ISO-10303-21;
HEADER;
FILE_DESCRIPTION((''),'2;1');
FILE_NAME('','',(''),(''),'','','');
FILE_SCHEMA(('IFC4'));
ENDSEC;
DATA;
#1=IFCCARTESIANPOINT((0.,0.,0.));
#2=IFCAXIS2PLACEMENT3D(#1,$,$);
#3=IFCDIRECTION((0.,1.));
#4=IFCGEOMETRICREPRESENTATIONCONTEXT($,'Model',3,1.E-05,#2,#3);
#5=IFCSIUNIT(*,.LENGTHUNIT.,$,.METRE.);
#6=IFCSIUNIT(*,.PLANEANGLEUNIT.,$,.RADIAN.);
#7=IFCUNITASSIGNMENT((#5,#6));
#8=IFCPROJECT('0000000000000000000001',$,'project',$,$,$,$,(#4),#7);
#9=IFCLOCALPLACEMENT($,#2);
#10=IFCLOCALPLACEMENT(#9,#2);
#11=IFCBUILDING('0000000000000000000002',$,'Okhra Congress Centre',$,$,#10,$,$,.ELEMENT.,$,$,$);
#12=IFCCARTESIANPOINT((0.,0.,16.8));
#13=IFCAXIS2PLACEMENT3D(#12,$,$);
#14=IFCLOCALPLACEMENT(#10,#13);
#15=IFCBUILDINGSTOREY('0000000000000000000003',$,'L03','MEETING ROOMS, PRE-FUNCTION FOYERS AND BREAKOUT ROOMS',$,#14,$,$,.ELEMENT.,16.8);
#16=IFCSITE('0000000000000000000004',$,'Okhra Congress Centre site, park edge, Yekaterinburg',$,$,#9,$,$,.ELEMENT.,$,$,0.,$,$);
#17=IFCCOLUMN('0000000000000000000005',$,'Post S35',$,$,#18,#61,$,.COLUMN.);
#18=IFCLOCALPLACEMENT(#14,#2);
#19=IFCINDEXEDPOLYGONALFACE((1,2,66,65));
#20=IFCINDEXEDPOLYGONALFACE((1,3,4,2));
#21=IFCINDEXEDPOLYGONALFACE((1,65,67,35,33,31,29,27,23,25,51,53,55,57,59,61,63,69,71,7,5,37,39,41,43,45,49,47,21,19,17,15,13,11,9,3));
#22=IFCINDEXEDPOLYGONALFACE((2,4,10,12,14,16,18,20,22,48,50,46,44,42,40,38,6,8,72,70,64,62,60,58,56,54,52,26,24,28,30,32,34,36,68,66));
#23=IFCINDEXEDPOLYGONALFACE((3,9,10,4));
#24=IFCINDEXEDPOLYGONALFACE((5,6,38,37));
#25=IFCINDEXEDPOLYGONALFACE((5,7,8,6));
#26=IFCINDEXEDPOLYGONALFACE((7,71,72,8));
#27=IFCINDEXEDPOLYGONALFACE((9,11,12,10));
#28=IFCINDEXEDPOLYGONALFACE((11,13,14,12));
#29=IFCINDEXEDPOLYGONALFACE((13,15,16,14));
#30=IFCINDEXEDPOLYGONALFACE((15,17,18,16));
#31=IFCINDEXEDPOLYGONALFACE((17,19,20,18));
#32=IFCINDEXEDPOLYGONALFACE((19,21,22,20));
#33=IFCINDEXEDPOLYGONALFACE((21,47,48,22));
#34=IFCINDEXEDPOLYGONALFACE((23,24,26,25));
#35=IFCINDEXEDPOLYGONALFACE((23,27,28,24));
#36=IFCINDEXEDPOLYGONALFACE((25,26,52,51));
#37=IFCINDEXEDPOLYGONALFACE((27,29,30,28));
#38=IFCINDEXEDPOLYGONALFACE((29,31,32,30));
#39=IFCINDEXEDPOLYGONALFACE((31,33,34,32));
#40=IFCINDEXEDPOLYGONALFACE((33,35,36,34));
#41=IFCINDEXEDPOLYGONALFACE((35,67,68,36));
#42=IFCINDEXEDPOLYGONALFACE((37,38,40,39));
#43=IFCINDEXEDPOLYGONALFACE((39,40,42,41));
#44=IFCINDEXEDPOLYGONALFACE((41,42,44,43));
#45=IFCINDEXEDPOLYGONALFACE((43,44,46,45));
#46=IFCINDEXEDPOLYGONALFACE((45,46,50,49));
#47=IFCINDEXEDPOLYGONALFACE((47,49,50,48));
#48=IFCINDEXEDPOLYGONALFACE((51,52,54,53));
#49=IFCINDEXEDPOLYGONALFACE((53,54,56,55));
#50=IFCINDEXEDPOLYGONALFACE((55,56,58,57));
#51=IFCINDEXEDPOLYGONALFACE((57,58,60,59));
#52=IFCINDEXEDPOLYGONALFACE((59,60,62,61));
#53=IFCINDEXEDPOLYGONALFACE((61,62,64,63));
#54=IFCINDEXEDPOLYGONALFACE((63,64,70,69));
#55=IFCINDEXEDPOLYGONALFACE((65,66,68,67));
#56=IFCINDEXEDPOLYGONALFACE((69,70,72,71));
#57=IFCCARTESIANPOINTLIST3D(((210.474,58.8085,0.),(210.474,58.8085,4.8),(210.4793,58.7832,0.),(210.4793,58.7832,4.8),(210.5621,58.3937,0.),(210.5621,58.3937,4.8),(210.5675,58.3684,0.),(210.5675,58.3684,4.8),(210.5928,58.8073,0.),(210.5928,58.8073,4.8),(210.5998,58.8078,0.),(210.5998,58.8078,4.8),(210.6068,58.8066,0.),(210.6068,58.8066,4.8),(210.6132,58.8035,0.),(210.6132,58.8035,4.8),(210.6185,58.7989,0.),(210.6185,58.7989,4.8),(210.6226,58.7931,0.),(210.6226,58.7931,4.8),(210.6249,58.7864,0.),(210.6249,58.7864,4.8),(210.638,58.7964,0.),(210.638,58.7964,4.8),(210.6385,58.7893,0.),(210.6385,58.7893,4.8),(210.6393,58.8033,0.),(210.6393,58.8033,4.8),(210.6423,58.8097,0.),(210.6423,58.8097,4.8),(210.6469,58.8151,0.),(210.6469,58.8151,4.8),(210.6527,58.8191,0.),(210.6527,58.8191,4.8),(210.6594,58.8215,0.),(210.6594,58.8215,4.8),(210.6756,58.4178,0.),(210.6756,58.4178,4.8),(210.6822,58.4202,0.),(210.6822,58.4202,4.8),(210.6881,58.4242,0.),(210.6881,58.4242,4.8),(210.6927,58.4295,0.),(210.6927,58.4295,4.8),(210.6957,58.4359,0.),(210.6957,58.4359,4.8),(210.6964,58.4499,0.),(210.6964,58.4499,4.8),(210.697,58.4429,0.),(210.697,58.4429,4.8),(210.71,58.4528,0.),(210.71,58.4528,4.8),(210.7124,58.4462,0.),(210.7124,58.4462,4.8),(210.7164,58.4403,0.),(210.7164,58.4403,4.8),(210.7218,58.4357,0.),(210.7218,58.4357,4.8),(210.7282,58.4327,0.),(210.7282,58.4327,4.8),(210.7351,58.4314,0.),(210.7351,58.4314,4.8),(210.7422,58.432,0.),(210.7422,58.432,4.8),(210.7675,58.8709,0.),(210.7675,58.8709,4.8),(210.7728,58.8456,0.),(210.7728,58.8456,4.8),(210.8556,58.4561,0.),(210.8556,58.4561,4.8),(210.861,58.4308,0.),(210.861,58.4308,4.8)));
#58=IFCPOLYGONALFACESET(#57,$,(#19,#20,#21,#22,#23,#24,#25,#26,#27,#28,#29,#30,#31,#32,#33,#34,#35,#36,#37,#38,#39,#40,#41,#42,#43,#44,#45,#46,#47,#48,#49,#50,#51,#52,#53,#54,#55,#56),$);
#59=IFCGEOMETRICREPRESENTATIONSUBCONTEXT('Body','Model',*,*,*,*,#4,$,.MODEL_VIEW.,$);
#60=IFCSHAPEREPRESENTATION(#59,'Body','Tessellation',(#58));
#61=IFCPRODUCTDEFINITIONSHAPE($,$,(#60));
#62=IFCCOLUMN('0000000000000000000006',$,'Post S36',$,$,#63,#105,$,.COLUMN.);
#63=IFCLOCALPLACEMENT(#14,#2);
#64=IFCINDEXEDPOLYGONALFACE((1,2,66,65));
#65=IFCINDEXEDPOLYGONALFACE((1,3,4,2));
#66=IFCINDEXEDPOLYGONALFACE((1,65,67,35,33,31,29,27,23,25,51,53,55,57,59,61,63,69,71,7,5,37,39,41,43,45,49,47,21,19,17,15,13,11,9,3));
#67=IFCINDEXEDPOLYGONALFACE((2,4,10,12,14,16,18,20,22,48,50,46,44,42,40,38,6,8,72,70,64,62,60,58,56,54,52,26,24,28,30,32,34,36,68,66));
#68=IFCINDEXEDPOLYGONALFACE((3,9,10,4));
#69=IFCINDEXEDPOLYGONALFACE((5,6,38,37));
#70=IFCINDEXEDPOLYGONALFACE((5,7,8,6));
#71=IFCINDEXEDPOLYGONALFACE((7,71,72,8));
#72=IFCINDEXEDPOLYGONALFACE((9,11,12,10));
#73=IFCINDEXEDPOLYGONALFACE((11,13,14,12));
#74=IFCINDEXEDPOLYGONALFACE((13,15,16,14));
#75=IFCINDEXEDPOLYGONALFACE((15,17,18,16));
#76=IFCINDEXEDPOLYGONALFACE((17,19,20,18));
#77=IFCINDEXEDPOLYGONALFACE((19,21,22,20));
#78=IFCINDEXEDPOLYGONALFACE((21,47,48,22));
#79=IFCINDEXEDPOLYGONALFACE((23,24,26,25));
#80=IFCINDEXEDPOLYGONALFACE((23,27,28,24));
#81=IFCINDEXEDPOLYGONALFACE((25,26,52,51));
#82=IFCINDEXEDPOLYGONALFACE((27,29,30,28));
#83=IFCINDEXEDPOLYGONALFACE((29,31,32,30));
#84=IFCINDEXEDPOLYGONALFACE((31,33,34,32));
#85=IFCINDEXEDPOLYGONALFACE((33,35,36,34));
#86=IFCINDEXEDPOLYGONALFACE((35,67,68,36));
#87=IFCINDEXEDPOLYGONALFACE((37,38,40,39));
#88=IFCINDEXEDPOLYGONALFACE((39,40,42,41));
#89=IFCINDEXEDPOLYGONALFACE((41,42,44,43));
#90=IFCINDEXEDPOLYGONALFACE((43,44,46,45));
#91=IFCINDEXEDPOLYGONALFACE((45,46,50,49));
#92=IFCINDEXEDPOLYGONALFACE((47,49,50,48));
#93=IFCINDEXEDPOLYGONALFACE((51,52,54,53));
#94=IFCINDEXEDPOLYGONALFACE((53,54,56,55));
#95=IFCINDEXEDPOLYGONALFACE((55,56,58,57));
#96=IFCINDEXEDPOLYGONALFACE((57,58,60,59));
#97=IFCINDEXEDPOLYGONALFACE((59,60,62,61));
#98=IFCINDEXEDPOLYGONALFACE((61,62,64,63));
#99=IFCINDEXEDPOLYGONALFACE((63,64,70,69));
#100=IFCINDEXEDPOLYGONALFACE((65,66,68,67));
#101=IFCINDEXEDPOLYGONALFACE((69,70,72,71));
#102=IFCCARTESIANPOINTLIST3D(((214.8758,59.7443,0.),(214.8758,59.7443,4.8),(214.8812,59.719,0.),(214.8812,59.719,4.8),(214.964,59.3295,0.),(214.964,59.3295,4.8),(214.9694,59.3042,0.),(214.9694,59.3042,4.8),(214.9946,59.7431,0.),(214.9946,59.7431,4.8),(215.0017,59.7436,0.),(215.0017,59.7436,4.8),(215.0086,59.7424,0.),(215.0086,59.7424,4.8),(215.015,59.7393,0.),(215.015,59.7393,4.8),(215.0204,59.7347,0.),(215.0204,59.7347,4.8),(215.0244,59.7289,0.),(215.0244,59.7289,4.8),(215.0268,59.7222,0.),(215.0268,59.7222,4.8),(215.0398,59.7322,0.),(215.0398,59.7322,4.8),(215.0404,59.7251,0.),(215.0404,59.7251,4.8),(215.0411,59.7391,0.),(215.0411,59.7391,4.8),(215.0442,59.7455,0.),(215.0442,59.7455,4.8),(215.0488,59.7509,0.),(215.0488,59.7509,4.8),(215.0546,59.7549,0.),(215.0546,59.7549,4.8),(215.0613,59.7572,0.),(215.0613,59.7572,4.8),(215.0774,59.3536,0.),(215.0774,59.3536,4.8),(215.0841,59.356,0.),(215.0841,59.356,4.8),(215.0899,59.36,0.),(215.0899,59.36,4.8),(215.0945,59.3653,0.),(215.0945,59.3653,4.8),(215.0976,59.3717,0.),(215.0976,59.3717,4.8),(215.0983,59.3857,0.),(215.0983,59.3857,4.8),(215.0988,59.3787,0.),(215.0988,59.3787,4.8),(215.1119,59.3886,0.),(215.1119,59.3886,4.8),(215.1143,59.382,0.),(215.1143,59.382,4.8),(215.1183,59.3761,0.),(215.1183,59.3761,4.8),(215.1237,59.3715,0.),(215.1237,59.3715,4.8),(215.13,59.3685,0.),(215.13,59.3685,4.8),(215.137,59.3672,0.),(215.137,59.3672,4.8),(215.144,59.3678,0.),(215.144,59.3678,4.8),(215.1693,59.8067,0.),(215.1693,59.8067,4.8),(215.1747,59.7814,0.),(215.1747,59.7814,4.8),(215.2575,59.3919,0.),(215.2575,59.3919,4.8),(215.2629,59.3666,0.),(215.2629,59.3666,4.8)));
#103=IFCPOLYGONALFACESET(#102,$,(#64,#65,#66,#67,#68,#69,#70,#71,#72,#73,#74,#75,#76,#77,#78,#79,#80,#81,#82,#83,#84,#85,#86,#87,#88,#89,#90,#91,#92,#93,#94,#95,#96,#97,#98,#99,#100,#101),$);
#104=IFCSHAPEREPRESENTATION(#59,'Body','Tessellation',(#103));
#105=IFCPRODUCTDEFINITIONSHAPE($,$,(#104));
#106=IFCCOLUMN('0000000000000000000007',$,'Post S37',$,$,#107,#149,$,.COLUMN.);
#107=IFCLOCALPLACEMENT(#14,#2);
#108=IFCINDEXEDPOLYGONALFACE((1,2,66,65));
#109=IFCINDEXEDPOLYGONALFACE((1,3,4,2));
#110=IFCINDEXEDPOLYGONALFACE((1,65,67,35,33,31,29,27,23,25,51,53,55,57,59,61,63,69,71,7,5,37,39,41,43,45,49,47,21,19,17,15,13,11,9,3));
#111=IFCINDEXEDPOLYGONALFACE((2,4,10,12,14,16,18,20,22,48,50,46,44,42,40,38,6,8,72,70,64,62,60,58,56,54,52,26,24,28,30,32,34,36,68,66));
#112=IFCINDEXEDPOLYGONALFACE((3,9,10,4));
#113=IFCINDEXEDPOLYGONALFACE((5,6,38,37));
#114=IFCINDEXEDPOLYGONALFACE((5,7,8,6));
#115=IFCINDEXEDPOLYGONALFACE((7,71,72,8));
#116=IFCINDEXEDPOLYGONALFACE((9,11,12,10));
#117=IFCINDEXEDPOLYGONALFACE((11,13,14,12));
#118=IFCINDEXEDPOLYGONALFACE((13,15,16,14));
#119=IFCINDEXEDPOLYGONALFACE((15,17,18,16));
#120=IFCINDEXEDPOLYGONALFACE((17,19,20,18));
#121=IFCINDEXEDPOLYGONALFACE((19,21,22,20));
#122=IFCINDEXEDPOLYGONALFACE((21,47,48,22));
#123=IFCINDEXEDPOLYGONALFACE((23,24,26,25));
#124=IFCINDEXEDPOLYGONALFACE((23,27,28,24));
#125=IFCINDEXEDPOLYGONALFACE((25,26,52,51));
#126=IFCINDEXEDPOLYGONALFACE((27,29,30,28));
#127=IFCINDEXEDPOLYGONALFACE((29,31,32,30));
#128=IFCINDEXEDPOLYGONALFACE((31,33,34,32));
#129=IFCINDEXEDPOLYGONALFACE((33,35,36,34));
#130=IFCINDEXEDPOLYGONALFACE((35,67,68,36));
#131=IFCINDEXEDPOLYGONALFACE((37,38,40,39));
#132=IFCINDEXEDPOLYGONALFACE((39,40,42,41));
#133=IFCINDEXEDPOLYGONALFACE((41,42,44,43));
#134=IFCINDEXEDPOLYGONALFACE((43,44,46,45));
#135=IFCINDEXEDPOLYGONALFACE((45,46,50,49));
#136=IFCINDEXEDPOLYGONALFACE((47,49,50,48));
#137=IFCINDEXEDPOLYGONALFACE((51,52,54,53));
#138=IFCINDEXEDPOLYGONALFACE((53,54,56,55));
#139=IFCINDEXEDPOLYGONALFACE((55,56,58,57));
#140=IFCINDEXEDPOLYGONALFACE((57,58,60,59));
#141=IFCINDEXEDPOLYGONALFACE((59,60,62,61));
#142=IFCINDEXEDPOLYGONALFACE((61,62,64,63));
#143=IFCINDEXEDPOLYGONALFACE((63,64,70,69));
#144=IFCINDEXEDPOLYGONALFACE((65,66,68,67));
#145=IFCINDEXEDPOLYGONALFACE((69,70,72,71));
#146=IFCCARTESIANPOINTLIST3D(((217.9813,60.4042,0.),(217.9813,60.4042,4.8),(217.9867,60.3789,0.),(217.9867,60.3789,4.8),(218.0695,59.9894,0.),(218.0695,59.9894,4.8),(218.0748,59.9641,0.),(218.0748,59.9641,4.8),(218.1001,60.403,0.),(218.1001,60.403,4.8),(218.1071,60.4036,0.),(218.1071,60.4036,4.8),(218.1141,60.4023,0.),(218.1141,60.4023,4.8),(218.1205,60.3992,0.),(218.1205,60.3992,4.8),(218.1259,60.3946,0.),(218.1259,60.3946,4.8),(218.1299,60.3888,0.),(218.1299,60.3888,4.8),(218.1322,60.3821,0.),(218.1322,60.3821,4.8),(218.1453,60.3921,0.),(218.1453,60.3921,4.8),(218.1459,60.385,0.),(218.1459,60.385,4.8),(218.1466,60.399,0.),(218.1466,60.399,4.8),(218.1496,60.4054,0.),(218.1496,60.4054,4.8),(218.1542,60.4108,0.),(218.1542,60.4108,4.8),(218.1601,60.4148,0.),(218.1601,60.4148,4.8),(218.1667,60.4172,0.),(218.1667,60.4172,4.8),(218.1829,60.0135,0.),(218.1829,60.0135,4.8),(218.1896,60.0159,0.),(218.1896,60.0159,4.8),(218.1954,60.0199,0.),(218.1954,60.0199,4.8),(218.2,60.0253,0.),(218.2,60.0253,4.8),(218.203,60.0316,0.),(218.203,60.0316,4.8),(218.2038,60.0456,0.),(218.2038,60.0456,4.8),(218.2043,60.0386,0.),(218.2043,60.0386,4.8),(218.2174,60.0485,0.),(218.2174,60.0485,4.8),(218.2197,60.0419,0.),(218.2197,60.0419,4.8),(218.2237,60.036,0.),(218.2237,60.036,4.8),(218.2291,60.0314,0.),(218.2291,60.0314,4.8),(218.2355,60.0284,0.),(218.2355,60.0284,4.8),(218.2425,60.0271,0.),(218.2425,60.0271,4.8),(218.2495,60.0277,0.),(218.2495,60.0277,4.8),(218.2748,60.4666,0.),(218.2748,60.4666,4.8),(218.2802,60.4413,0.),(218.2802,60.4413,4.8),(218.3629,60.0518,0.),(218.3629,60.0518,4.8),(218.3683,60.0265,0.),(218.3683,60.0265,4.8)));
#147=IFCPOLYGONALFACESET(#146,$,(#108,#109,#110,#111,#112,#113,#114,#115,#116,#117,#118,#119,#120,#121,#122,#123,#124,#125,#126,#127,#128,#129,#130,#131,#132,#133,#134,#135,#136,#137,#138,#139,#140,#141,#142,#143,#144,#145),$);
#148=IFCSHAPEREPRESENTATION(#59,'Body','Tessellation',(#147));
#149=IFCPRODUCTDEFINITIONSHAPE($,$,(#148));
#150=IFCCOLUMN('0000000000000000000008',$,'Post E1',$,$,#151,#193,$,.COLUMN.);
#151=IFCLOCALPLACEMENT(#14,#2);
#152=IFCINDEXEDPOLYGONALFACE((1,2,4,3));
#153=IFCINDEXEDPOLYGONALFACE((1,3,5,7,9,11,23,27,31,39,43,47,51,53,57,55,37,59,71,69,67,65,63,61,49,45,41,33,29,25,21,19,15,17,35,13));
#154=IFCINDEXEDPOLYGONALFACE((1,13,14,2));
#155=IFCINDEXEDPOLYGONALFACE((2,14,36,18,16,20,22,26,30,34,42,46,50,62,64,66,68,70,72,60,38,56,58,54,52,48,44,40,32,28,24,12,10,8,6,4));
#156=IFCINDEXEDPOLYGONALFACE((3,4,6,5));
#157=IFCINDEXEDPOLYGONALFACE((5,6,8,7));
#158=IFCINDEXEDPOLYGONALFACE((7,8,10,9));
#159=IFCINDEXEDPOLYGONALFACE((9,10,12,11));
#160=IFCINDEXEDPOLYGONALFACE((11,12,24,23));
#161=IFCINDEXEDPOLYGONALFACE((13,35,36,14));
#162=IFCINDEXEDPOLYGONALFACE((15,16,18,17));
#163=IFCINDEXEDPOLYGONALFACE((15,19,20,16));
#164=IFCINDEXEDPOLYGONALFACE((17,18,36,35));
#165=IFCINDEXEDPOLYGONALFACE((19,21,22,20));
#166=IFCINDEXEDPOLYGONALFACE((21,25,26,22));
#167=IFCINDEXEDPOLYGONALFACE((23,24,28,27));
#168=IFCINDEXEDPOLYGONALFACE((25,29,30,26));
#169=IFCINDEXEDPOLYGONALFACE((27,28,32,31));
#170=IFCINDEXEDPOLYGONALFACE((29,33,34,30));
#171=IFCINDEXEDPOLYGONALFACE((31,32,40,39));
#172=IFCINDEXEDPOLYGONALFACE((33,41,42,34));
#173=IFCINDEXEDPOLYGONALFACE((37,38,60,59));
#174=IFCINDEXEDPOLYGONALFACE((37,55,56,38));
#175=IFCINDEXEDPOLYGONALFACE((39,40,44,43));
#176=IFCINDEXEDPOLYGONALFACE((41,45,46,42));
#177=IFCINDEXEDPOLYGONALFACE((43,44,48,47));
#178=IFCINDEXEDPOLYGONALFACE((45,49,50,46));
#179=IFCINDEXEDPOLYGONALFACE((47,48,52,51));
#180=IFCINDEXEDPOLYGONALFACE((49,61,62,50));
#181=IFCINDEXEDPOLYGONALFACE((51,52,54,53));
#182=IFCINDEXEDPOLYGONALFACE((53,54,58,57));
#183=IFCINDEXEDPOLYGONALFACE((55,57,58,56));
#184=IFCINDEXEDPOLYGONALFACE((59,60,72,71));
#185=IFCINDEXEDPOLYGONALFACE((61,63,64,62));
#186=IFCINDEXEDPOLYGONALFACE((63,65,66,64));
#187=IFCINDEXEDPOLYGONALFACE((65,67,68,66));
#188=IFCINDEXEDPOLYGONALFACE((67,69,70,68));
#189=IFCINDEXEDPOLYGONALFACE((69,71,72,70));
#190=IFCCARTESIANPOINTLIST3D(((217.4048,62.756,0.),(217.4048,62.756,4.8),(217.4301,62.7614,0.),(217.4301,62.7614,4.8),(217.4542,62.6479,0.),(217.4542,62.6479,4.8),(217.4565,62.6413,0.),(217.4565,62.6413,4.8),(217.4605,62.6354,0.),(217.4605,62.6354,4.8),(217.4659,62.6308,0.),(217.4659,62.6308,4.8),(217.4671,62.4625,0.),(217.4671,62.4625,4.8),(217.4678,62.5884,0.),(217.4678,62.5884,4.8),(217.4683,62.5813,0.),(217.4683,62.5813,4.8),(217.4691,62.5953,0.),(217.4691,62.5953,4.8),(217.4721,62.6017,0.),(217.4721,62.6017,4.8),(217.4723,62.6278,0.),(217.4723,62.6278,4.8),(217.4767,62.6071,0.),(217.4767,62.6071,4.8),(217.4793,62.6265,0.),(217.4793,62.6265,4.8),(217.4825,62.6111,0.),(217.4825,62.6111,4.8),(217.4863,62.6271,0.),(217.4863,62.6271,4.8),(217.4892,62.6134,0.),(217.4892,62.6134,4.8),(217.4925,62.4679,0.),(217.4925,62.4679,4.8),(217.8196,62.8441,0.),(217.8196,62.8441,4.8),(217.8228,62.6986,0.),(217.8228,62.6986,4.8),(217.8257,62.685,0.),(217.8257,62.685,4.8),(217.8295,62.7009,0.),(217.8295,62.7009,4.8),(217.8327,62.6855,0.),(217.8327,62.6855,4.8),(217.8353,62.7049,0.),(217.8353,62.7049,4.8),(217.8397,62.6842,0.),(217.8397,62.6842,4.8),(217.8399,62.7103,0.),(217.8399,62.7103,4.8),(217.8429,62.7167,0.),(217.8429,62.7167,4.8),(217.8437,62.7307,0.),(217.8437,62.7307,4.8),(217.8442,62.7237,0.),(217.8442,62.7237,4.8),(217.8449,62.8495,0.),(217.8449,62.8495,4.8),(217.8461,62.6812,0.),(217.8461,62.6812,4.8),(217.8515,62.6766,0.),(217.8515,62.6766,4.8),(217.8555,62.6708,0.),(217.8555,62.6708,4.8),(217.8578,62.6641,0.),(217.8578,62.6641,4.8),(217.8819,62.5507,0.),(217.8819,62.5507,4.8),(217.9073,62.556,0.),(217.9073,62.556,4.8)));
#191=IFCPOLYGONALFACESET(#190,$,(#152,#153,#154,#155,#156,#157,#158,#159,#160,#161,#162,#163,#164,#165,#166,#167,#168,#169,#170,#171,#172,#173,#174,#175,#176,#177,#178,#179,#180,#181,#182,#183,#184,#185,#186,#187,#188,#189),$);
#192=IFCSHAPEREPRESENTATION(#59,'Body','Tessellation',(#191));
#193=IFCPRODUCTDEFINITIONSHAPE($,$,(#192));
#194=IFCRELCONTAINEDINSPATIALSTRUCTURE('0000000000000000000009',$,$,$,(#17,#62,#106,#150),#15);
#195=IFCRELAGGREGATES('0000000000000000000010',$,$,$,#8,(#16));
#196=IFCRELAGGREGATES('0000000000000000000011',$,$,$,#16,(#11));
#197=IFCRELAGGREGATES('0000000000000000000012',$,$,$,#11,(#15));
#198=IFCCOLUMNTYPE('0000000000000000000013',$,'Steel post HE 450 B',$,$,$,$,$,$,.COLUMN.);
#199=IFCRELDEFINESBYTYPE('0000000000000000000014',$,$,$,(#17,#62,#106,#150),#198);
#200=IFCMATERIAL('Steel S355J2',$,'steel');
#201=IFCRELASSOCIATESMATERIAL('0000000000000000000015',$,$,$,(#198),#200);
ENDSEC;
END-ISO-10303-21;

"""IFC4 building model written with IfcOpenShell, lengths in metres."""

from ifc_helpers import new_model, si_unit, direction, frame, origin, origin_2d, place, context, subcontext, project, spatial, i_section, extrude, material, material_profile, profile_set, type_object, element, save


model = new_model("IFC4")

# Units and contexts
model_context = context("Model", 3, precision=1e-05, world=origin(), true_north=direction((0.0, 1.0)))
body_context = subcontext(model_context, "Body", "Model", "MODEL_VIEW")
ifc_project = project(units=[si_unit("LENGTHUNIT", "METRE"), si_unit("PLANEANGLEUNIT", "RADIAN")], contexts=[model_context])

# Site, building, storey
site_placement = place(None, origin())
site = spatial("IfcSite", under=ifc_project, at=site_placement, Name="Okhra Congress Centre site, park edge, Yekaterinburg", CompositionType="ELEMENT", RefElevation=0.0)
building_placement = place(site_placement, origin())
building = spatial("IfcBuilding", under=site, at=building_placement, Name="Okhra Congress Centre", CompositionType="ELEMENT")
storey_placement = place(building_placement, frame((0.0, 0.0, 16.8)))
storey = spatial("IfcBuildingStorey", under=building, at=storey_placement, Name="L03", Description="MEETING ROOMS, PRE-FUNCTION FOYERS AND BREAKOUT ROOMS", CompositionType="ELEMENT", Elevation=16.8)

# Columns
ifc_material_1 = material(Name="Steel S355J2", Category="steel")
ifc_material_profile = material_profile(ifc_material_1, i_section(OverallWidth=0.3, OverallDepth=0.45, WebThickness=0.0139, FlangeThickness=0.0259, FilletRadius=0.0271, at=origin_2d()), Name="HE 450 B")
ifc_profile_set = profile_set([ifc_material_profile], Name="Steel S355J2")
column_type = type_object("IfcColumnType", Name="Steel post HE 450 B", PredefinedType="COLUMN", material=ifc_profile_set)
for number, where, z_axis, x_axis, name in (
    (1, (210.6675, 58.6196, 0.0), (0.0, 0.0, 1.0), (0.978148, 0.207912, 0.0), "Post S35"),
    (2, (215.0693, 59.5554, 0.0), (0.0, 0.0, 1.0), (0.978148, 0.207912, 0.0), "Post S36"),
    (3, (218.1748, 60.2153, 0.0), (0.0, 0.0, 1.0), (0.978148, 0.207912, 0.0), "Post S37"),
    (4, (217.656, 62.656, 0.0), (0.0, 0.0, 1.0), (-0.207912, 0.978148, 0.0), "Post E1"),
):
    element("IfcColumn", number, at=place(storey_placement, frame(where, z_axis=z_axis, x_axis=x_axis)), inside=storey, type_object=column_type, Name=name, PredefinedType="COLUMN", context=body_context, shape_type="SweptSolid", body=[
        extrude(i_section(OverallWidth=0.3, OverallDepth=0.45, WebThickness=0.0139, FlangeThickness=0.0259, FilletRadius=0.0271, at=origin_2d()), origin(), (0.0, 0.0, 1.0), 4.8),
    ])

save(model, "model.ifc")
